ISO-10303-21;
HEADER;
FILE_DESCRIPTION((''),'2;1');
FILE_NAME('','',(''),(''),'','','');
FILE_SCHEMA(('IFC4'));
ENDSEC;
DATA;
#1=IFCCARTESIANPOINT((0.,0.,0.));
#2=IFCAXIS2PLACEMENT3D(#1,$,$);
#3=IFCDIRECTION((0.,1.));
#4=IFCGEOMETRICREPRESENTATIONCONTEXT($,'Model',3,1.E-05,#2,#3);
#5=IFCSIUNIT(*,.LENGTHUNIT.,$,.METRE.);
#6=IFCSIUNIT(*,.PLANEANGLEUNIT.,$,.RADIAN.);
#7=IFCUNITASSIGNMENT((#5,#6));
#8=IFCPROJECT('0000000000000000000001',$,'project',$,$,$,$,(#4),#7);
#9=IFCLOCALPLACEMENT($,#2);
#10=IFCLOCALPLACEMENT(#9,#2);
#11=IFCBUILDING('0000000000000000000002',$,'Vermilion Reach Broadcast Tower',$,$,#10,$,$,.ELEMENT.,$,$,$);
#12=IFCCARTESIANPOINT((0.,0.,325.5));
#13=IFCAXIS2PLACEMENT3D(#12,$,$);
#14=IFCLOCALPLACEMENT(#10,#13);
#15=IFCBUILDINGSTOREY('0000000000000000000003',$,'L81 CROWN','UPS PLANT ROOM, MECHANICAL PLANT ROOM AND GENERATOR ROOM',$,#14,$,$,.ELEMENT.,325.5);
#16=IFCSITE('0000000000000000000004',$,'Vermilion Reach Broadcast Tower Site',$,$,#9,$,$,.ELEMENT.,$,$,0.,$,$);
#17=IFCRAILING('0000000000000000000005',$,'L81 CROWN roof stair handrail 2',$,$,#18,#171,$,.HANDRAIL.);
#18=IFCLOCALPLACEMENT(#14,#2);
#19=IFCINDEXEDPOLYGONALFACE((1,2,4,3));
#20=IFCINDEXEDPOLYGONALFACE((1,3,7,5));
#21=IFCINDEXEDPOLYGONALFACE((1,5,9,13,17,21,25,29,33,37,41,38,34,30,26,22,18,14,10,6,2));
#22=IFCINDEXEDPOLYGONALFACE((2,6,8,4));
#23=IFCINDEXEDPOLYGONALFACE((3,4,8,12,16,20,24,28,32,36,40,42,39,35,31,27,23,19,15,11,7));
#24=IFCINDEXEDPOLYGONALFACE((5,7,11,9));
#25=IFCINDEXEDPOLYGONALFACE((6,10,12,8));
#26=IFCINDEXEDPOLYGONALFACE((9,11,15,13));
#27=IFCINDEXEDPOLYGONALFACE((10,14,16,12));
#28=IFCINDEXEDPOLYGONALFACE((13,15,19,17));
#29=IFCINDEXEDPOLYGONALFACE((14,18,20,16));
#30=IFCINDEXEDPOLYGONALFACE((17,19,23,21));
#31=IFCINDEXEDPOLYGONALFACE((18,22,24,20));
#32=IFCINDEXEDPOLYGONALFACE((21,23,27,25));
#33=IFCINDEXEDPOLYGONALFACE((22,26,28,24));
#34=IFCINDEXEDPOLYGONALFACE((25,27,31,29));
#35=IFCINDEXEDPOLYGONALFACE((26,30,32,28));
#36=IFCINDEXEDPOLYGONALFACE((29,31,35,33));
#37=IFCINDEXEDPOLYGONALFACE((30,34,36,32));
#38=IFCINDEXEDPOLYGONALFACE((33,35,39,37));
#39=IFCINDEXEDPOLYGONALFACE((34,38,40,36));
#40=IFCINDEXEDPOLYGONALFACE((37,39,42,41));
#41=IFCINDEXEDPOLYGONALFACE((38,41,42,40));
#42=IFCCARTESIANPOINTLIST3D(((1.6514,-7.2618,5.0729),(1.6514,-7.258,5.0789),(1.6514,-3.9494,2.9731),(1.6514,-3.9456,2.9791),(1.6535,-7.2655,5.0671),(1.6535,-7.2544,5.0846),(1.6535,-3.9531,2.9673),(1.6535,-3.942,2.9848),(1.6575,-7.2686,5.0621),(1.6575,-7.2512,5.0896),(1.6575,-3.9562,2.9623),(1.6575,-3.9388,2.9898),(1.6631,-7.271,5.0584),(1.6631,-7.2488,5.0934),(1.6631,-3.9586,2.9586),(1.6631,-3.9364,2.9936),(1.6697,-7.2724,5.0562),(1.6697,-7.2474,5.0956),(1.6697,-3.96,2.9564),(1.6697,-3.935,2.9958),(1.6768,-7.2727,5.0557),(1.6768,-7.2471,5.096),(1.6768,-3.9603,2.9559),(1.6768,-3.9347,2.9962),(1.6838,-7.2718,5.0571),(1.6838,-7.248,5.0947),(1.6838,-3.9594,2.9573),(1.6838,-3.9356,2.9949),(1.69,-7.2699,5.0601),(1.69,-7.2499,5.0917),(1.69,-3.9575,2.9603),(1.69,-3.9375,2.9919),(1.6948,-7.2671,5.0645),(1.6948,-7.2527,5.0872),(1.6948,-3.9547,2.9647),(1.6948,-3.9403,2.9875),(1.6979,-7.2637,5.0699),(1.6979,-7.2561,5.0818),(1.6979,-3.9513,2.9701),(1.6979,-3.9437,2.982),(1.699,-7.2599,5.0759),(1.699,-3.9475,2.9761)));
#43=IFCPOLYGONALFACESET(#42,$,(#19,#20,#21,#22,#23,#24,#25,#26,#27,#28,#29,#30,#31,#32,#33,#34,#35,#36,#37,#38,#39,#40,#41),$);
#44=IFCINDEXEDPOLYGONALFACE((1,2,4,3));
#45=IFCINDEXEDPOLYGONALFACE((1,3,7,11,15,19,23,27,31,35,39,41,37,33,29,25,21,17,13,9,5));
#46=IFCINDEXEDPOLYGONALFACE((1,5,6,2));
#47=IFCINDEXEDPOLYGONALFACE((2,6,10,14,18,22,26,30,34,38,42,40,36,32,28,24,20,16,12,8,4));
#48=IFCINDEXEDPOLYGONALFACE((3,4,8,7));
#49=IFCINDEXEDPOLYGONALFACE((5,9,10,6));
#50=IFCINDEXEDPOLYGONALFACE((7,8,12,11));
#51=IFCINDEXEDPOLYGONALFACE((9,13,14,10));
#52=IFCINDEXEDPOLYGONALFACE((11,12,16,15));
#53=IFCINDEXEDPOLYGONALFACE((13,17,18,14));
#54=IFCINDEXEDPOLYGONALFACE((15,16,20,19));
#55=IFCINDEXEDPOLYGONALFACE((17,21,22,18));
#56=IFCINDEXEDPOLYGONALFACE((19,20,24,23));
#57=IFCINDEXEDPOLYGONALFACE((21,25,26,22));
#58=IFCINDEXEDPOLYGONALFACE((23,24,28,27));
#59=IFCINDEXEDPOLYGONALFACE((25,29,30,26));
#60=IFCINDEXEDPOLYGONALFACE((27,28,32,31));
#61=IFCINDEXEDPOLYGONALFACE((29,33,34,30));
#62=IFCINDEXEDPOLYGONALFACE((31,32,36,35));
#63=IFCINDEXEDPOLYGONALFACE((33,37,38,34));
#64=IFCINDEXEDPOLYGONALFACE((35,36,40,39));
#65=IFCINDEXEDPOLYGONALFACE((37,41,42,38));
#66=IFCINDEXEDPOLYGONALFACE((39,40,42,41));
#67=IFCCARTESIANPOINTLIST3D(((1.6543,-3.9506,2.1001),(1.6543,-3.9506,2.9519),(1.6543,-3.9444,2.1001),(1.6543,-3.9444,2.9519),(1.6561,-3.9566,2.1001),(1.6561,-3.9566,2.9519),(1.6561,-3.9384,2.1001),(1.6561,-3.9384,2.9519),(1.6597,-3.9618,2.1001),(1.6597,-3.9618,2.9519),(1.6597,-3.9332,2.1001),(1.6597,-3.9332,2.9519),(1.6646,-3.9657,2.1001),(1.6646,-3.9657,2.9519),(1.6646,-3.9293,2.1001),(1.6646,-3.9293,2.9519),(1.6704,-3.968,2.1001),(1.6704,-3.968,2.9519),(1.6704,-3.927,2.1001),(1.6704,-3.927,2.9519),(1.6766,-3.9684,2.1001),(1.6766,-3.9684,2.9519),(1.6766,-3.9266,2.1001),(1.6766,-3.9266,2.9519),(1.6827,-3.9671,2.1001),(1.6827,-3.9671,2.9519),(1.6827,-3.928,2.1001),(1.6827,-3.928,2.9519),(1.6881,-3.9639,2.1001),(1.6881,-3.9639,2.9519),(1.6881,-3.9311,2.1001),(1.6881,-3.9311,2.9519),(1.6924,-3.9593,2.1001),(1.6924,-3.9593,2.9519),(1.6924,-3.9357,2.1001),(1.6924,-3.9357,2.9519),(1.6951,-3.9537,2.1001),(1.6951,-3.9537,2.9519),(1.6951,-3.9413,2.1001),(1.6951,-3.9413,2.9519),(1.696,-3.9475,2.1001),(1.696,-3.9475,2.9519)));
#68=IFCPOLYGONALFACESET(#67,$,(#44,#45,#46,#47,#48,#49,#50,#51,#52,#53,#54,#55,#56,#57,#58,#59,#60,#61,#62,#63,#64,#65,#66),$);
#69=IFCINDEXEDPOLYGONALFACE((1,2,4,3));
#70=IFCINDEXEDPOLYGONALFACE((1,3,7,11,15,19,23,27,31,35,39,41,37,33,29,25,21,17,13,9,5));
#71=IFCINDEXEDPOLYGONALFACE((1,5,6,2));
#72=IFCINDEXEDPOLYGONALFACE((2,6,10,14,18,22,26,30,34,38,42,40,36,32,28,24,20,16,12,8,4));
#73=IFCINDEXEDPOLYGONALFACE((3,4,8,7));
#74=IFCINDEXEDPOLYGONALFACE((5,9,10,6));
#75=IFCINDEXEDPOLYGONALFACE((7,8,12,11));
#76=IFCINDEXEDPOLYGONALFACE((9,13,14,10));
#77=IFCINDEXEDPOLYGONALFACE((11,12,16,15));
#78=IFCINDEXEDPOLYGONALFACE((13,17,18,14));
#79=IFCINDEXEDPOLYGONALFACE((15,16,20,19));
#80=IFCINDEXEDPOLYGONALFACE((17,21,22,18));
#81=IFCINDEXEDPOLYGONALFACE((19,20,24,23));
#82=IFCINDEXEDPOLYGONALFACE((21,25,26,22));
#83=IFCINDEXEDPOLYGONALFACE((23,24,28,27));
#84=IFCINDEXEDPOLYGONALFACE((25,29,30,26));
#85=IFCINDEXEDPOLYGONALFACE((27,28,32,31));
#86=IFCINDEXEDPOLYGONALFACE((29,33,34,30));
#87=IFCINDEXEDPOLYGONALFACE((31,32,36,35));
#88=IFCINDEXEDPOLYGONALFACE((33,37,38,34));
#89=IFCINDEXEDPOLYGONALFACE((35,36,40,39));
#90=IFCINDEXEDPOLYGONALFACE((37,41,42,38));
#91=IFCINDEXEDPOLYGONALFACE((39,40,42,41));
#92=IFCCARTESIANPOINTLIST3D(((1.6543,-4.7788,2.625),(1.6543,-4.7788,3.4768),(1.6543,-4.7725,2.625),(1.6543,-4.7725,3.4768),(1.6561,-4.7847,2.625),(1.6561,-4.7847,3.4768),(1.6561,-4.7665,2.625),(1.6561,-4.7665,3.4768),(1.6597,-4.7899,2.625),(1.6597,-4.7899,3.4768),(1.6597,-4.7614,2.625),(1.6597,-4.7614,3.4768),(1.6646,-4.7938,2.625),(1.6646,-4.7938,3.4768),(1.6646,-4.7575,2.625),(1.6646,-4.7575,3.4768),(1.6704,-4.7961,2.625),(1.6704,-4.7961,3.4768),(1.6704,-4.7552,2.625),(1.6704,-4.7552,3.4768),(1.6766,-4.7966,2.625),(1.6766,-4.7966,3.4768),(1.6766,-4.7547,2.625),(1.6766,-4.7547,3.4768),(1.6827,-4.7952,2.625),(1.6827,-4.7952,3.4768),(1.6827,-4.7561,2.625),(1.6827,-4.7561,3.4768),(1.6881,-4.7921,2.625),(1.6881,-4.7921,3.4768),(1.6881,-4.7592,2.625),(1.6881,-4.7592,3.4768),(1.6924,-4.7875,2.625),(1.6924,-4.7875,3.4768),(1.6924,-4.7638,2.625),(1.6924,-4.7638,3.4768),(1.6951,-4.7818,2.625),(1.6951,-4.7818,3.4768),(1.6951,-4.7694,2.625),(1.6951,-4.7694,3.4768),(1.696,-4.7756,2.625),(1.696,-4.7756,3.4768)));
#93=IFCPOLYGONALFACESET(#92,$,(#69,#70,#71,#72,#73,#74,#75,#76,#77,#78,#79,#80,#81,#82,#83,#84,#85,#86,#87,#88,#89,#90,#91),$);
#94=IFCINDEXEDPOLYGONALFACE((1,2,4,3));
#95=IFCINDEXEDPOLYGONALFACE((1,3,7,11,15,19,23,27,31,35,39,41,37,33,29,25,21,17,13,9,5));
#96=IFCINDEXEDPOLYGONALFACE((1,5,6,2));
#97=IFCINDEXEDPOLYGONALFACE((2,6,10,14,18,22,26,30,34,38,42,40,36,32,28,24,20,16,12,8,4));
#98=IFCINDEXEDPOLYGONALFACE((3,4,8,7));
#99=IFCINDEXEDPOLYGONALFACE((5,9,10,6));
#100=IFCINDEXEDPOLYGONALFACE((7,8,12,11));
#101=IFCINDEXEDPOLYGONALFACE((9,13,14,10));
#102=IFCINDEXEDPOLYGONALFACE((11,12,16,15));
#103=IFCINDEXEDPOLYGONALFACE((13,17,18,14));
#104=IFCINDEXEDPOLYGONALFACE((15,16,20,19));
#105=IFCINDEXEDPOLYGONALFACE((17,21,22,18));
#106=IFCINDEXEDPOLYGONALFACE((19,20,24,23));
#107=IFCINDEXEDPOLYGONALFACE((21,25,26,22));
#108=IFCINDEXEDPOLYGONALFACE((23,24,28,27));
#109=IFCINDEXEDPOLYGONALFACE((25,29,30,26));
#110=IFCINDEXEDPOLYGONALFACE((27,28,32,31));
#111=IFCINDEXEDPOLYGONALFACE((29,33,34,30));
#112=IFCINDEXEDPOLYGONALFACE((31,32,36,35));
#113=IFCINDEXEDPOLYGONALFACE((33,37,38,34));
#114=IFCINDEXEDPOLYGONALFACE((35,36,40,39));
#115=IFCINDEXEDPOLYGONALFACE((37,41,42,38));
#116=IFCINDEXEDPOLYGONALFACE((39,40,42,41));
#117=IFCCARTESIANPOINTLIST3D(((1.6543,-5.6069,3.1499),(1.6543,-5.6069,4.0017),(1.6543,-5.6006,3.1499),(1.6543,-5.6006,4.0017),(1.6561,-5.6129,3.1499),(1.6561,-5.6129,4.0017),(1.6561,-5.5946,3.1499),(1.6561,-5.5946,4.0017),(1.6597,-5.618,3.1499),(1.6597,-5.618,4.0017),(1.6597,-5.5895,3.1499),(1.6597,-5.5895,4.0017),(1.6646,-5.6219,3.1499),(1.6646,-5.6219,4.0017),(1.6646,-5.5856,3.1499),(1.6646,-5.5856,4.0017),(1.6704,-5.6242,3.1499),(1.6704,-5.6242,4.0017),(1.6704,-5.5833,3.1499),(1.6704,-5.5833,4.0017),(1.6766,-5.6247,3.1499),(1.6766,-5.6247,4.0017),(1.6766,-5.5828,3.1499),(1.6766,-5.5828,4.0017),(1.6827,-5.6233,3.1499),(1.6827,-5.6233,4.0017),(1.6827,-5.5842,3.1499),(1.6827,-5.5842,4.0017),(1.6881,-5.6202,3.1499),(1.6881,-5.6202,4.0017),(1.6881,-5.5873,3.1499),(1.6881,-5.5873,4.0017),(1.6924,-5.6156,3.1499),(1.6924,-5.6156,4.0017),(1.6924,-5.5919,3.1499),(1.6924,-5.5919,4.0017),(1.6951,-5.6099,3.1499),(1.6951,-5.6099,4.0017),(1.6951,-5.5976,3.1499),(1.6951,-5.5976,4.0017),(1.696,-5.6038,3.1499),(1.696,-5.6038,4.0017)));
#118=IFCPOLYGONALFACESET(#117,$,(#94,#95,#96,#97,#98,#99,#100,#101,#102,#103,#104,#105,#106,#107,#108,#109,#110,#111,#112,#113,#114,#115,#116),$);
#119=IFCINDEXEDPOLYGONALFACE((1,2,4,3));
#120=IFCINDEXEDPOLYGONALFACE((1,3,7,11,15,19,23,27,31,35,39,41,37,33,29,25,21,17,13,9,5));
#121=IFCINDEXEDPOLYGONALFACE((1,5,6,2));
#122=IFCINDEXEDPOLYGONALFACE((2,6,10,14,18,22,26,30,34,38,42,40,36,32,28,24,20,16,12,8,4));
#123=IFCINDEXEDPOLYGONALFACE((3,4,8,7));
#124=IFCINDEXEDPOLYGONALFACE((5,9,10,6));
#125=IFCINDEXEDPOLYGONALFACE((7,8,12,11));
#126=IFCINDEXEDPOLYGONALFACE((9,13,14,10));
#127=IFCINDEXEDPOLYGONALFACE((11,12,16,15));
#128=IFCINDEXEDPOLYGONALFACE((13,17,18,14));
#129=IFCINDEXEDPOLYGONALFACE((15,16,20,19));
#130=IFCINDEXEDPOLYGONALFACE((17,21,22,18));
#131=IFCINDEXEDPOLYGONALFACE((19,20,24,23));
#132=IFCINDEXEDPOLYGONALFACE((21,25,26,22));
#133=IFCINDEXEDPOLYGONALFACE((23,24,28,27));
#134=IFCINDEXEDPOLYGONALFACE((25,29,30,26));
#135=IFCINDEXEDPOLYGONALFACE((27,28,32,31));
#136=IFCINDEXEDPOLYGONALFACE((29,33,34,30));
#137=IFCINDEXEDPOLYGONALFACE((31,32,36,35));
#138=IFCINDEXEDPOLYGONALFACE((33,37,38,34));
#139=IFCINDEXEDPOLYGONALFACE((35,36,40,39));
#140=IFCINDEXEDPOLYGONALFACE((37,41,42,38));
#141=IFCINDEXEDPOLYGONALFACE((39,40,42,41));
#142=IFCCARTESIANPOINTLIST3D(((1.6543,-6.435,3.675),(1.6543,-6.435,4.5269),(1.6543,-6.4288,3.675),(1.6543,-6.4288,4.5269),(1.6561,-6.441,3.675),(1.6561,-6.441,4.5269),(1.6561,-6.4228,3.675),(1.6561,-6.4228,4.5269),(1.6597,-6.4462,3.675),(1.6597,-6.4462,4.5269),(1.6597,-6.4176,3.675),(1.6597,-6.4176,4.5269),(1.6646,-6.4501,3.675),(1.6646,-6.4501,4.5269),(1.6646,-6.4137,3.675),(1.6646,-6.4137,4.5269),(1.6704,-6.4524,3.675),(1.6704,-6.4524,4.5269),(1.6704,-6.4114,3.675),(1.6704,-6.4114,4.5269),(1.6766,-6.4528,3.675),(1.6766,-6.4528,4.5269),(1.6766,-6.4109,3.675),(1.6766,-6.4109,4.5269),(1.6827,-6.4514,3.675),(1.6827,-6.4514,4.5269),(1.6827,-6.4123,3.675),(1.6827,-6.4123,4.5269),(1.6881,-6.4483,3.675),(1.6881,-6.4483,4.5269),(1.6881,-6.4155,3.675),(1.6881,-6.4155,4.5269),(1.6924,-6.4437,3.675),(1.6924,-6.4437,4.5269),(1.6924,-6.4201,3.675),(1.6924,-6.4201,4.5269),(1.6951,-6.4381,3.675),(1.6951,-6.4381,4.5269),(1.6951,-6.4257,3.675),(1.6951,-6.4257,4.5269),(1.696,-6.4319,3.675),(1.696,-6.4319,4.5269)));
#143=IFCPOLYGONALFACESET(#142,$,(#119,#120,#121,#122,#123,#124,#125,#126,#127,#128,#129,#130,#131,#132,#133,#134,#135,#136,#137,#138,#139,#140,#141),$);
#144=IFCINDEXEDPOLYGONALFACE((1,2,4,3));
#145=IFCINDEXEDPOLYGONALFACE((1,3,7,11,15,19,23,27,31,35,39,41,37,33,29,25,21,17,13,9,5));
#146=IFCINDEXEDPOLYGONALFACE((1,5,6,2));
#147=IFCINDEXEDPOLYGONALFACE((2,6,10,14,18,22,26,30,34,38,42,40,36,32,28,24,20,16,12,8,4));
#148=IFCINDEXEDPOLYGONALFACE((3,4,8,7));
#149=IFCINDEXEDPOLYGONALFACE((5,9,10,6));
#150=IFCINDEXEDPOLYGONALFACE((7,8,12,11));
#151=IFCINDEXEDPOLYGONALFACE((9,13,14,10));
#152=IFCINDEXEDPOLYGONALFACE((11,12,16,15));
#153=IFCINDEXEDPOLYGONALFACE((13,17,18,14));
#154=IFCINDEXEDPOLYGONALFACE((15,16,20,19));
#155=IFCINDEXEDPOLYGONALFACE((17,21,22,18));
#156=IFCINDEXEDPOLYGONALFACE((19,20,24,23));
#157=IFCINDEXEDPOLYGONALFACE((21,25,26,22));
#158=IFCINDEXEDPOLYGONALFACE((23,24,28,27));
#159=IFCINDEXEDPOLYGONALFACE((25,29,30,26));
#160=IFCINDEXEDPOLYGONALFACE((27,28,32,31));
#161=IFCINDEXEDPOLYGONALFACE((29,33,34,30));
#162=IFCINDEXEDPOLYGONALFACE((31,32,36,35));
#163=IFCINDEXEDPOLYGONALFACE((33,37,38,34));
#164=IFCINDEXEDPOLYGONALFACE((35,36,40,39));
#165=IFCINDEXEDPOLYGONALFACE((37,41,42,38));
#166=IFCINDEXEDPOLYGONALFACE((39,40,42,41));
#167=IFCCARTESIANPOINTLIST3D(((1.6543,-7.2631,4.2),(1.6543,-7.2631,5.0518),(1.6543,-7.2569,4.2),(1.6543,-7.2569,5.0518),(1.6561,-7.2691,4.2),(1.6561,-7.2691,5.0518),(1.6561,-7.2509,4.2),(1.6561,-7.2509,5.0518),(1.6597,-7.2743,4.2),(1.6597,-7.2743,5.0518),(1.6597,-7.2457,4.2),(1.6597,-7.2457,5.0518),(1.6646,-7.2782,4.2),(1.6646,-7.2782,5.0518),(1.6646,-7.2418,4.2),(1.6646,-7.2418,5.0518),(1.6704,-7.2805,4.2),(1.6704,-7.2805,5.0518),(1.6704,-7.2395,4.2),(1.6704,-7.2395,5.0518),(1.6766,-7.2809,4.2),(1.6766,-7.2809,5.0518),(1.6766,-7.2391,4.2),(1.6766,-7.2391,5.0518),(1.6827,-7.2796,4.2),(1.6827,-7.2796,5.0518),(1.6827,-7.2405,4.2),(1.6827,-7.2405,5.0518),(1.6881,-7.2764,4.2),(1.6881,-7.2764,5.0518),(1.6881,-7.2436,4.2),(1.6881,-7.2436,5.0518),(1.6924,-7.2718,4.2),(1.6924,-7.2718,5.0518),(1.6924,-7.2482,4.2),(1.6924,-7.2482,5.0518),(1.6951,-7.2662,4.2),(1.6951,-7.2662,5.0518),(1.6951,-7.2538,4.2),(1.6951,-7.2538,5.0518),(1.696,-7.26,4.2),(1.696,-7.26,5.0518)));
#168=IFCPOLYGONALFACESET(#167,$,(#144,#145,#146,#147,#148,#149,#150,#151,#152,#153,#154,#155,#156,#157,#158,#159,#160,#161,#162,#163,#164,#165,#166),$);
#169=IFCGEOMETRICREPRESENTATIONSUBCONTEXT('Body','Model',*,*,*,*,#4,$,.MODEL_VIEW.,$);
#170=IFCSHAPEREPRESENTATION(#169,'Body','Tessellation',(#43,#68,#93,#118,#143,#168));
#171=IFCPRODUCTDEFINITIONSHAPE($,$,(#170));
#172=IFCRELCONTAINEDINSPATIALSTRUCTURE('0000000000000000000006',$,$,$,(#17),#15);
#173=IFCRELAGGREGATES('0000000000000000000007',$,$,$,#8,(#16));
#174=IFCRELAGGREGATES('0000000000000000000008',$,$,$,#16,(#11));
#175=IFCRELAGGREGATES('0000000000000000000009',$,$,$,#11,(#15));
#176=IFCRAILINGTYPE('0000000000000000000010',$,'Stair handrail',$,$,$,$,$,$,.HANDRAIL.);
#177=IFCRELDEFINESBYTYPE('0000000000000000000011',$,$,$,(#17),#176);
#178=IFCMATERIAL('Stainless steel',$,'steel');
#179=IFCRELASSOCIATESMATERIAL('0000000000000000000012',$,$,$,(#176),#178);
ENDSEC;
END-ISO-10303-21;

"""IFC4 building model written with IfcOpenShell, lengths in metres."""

from ifc_helpers import new_model, si_unit, direction, frame, origin, origin_2d, place, context, subcontext, project, spatial, circle, extrude, material, type_object, element, save


model = new_model("IFC4")

# Units and contexts
model_context = context("Model", 3, precision=1e-05, world=origin(), true_north=direction((0.0, 1.0)))
body_context = subcontext(model_context, "Body", "Model", "MODEL_VIEW")
ifc_project = project(units=[si_unit("LENGTHUNIT", "METRE"), si_unit("PLANEANGLEUNIT", "RADIAN")], contexts=[model_context])

# Site, building, storey
site_placement = place(None, origin())
site = spatial("IfcSite", under=ifc_project, at=site_placement, Name="Vermilion Reach Broadcast Tower Site", CompositionType="ELEMENT", RefElevation=0.0)
building_placement = place(site_placement, origin())
building = spatial("IfcBuilding", under=site, at=building_placement, Name="Vermilion Reach Broadcast Tower", CompositionType="ELEMENT")
storey_placement = place(building_placement, frame((0.0, 0.0, 325.5)))
storey = spatial("IfcBuildingStorey", under=building, at=storey_placement, Name="L81 CROWN", Description="UPS PLANT ROOM, MECHANICAL PLANT ROOM AND GENERATOR ROOM", CompositionType="ELEMENT", Elevation=325.5)

# Railing
ifc_material_1 = material(Name="Stainless steel", Category="steel")
railing_type_1 = type_object("IfcRailingType", Name="Stair handrail", PredefinedType="HANDRAIL", material=ifc_material_1)
for number, where, name in (
    (1, (1.675, -3.9475, 2.1001), "L81 CROWN roof stair handrail 2"),
):
    element("IfcRailing", number, at=place(storey_placement, frame(where)), inside=storey, type_object=railing_type_1, Name=name, PredefinedType="HANDRAIL", context=body_context, shape_type="SweptSolid", body=[
        extrude(circle(Radius=0.0239, at=origin_2d()), frame((0.0, 0.0, 0.876), z_axis=(0.0, -0.844596, 0.535404), x_axis=(1.0, 0.0, 0.0)), (0.0, 0.0, 1.0), 3.9219),
        extrude(circle(Radius=0.021, at=origin_2d()), origin(), (0.0, 0.0, 1.0), 0.8518),
        extrude(circle(Radius=0.021, at=origin_2d()), frame((0.0, -0.8281, 0.5249)), (0.0, 0.0, 1.0), 0.8518),
        extrude(circle(Radius=0.021, at=origin_2d()), frame((0.0, -1.6562, 1.0498)), (0.0, 0.0, 1.0), 0.8518),
        extrude(circle(Radius=0.021, at=origin_2d()), frame((0.0, -2.4844, 1.575)), (0.0, 0.0, 1.0), 0.8518),
        extrude(circle(Radius=0.021, at=origin_2d()), frame((0.0, -3.3125, 2.0999)), (0.0, 0.0, 1.0), 0.8518),
    ])

save(model, "model.ifc")
